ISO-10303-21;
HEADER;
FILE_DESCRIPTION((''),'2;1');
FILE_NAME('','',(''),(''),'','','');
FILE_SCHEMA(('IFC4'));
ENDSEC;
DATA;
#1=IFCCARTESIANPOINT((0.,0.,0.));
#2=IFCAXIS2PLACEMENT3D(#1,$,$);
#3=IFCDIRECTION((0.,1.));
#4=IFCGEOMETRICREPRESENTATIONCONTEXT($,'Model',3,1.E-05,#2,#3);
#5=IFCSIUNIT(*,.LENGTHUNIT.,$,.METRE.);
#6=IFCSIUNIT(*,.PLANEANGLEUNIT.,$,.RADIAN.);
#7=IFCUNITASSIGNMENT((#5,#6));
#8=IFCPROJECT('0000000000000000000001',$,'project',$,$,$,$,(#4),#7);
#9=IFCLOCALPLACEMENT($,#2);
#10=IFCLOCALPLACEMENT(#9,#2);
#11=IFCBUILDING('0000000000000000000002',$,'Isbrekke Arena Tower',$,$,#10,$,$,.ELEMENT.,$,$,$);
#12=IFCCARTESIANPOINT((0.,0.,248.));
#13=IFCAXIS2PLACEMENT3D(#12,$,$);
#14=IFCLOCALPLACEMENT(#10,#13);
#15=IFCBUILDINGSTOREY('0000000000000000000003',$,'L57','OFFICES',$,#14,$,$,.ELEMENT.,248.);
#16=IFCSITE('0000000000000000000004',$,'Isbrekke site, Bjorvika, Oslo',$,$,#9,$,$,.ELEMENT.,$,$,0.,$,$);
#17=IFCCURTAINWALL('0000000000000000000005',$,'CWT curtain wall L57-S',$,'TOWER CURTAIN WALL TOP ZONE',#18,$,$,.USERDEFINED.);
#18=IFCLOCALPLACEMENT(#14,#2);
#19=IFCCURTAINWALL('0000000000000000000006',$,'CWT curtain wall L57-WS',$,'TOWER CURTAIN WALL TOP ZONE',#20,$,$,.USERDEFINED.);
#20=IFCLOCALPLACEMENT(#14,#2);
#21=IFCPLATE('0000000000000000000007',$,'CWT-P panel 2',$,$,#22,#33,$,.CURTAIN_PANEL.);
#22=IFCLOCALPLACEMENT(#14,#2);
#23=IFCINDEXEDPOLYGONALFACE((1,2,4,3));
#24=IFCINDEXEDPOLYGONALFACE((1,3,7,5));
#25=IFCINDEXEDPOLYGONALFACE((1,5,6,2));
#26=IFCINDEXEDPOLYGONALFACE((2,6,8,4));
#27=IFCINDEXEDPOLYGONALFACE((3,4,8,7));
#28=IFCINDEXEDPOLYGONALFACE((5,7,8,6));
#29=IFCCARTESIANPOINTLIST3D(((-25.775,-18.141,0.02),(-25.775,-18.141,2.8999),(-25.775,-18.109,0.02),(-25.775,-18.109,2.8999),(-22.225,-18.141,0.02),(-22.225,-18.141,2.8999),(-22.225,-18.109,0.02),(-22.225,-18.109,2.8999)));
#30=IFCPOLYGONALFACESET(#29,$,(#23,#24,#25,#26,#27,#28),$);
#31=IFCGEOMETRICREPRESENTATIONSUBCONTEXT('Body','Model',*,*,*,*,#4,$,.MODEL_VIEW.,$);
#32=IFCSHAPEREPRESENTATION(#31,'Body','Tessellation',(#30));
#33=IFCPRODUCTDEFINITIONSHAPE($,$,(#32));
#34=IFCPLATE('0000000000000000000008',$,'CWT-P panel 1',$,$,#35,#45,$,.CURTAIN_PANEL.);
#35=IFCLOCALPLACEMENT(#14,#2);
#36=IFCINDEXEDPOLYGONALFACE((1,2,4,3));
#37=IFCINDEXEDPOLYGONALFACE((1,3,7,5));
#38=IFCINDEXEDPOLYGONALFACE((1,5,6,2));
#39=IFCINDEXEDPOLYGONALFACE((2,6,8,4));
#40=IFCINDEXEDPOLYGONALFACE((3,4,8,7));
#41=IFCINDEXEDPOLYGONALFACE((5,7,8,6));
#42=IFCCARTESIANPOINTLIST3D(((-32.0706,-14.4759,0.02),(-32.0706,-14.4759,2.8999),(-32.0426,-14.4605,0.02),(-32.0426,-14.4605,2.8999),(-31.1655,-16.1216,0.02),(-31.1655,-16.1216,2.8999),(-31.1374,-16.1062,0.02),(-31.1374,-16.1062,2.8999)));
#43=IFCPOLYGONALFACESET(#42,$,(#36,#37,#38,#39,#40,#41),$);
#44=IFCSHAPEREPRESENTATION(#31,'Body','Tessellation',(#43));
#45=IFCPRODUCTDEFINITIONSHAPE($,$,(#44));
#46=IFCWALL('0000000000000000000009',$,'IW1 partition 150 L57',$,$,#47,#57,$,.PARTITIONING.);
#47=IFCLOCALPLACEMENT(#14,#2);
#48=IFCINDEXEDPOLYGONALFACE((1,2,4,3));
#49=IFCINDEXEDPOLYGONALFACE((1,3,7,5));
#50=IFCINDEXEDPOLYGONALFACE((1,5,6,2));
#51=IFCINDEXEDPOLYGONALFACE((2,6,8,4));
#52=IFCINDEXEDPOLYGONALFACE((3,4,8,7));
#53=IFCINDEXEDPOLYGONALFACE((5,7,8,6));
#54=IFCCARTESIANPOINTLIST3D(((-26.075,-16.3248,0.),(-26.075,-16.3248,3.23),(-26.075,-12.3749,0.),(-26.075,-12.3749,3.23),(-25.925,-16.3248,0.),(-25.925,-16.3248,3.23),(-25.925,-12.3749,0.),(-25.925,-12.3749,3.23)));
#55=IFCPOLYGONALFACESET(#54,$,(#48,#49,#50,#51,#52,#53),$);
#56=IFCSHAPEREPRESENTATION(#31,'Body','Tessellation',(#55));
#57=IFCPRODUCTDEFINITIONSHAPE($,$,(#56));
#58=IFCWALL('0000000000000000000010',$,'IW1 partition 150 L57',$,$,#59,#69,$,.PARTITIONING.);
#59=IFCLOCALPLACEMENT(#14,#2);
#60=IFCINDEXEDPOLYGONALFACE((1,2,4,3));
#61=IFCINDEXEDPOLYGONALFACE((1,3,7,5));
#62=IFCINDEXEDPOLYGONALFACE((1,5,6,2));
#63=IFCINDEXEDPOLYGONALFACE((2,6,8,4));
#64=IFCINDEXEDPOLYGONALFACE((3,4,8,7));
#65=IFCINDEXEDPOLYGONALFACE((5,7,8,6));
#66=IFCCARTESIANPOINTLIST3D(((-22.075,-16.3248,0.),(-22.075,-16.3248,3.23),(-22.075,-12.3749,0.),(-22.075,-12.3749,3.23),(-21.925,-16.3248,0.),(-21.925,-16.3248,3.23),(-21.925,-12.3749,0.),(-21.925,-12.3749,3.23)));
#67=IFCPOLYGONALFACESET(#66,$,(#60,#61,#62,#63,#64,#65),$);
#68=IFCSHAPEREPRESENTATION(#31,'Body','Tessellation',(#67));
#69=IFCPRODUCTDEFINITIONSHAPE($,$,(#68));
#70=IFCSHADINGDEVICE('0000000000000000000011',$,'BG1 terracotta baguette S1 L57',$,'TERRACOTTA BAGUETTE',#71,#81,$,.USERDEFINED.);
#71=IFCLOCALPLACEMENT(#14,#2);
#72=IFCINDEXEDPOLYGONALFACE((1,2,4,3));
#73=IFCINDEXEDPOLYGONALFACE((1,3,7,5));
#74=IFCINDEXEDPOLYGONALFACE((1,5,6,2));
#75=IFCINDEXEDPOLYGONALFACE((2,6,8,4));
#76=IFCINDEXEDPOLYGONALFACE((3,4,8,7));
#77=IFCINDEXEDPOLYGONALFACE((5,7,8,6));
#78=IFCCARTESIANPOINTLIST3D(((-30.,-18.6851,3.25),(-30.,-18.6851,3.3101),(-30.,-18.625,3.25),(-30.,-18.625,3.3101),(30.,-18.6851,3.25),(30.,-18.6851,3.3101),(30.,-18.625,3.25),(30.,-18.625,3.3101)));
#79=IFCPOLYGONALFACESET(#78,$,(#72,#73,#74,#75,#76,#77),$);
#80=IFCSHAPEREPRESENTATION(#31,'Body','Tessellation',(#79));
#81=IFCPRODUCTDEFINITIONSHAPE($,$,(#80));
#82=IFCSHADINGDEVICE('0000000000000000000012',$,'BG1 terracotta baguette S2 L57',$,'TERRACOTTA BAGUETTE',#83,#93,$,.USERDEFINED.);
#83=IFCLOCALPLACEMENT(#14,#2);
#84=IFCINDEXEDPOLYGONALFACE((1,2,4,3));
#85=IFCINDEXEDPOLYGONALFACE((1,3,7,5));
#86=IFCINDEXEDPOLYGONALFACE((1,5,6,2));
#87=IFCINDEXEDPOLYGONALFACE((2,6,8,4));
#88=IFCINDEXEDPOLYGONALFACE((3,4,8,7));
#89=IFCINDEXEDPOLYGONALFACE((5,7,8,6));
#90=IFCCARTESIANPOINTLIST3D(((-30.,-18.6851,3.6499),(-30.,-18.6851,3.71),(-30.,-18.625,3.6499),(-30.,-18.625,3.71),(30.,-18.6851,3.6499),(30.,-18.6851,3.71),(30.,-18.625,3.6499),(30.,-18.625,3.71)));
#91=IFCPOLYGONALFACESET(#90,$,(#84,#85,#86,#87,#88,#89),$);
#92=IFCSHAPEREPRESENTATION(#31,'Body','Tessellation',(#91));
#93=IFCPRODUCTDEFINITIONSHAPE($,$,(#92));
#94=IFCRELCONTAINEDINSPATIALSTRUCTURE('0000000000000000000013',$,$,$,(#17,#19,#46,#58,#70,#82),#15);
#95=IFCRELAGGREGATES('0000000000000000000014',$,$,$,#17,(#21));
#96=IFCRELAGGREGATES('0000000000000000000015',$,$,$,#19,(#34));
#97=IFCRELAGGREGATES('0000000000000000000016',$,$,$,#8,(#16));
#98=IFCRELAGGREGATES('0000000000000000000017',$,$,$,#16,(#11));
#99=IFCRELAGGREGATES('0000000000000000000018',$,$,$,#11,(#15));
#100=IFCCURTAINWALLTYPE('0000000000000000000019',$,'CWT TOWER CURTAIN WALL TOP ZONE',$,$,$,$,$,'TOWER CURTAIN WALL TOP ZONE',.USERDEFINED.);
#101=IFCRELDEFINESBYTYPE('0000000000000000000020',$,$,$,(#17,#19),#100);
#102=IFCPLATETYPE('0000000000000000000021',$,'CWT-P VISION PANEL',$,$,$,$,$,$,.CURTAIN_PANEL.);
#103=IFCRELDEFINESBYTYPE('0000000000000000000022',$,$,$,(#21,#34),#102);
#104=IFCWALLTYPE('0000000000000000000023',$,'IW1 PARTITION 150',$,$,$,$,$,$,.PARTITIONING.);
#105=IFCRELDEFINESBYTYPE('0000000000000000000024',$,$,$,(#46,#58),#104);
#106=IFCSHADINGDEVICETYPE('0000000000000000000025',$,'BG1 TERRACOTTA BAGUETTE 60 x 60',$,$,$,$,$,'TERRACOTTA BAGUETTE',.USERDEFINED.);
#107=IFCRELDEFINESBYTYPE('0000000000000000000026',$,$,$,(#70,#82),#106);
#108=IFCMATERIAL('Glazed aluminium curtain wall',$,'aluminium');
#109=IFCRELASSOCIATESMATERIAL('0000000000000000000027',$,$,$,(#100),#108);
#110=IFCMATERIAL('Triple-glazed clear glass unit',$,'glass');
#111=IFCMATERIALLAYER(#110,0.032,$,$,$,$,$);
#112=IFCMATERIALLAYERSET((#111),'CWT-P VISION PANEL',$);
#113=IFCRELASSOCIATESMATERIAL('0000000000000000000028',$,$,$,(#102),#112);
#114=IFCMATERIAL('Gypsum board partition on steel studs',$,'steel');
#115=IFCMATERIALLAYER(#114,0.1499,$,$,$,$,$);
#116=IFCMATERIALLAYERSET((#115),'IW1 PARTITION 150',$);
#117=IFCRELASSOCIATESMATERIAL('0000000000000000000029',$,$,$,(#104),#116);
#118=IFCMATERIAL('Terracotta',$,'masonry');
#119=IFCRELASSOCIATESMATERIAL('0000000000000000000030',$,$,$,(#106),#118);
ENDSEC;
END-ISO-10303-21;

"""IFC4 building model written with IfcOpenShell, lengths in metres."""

from ifc_helpers import new_model, si_unit, direction, frame, frame_2d, origin, origin_2d, place, context, subcontext, project, spatial, rectangle, extrude, material, layer, layer_set, material_profile, profile_set, type_object, element, aggregate, save


model = new_model("IFC4")

# Units and contexts
model_context = context("Model", 3, precision=1e-05, world=origin(), true_north=direction((0.0, 1.0)))
body_context = subcontext(model_context, "Body", "Model", "MODEL_VIEW")
ifc_project = project(units=[si_unit("LENGTHUNIT", "METRE"), si_unit("PLANEANGLEUNIT", "RADIAN")], contexts=[model_context])

# Site, building, storey
site_placement = place(None, origin())
site = spatial("IfcSite", under=ifc_project, at=site_placement, Name="Isbrekke site, Bjorvika, Oslo", CompositionType="ELEMENT", RefElevation=0.0)
building_placement = place(site_placement, origin())
building = spatial("IfcBuilding", under=site, at=building_placement, Name="Isbrekke Arena Tower", CompositionType="ELEMENT")
storey_placement = place(building_placement, frame((0.0, 0.0, 248.0)))
storey = spatial("IfcBuildingStorey", under=building, at=storey_placement, Name="L57", Description="OFFICES", CompositionType="ELEMENT", Elevation=248.0)

# Curtain wall
ifc_material_1 = material(Name="Glazed aluminium curtain wall", Category="aluminium")
curtain_wall_type = type_object("IfcCurtainWallType", Name="CWT TOWER CURTAIN WALL TOP ZONE", ElementType="TOWER CURTAIN WALL TOP ZONE", PredefinedType="USERDEFINED", material=ifc_material_1)
curtain_wall_1_placement = place(storey_placement, origin())
curtain_wall_1 = element("IfcCurtainWall", 1, at=curtain_wall_1_placement, inside=storey, type_object=curtain_wall_type, Name="CWT curtain wall L57-S", ObjectType="TOWER CURTAIN WALL TOP ZONE", PredefinedType="USERDEFINED")

# Curtain wall
curtain_wall_2_placement = place(storey_placement, origin())
curtain_wall_2 = element("IfcCurtainWall", 2, at=curtain_wall_2_placement, inside=storey, type_object=curtain_wall_type, Name="CWT curtain wall L57-WS", ObjectType="TOWER CURTAIN WALL TOP ZONE", PredefinedType="USERDEFINED")

# Plates
ifc_material_2 = material(Name="Triple-glazed clear glass unit", Category="glass")
ifc_layer_1 = layer(ifc_material_2, 0.032)
ifc_layer_set_1 = layer_set([ifc_layer_1], Name="CWT-P VISION PANEL")
plate_type = type_object("IfcPlateType", Name="CWT-P VISION PANEL", PredefinedType="CURTAIN_PANEL", material=ifc_layer_set_1)
plate_1_placement = place(storey_placement, frame((-24.0, -18.125, 0.02), z_axis=(0.0, 0.0, 1.0), x_axis=(1.0, 0.0, 0.0)))
plate_1 = element("IfcPlate", 3, at=plate_1_placement, type_object=plate_type, Name="CWT-P panel 2", PredefinedType="CURTAIN_PANEL", context=body_context, shape_type="SweptSolid", body=[
    extrude(rectangle(XDim=3.55, YDim=0.032, at=origin_2d()), origin(), (0.0, 0.0, 1.0), 2.8799),
])
aggregate(curtain_wall_1, [plate_1])
plate_2_placement = place(storey_placement, frame((-31.604, -15.291, 0.02), z_axis=(0.0, 0.0, 1.0), x_axis=(0.481919, -0.876216, 0.0)))
plate_2 = element("IfcPlate", 4, at=plate_2_placement, type_object=plate_type, Name="CWT-P panel 1", PredefinedType="CURTAIN_PANEL", context=body_context, shape_type="SweptSolid", body=[
    extrude(rectangle(XDim=1.8782, YDim=0.032, at=origin_2d()), origin(), (0.0, 0.0, 1.0), 2.8799),
])
aggregate(curtain_wall_2, [plate_2])

# Walls
ifc_material_3 = material(Name="Gypsum board partition on steel studs", Category="steel")
ifc_layer_2 = layer(ifc_material_3, 0.1499)
ifc_layer_set_2 = layer_set([ifc_layer_2], Name="IW1 PARTITION 150")
wall_type = type_object("IfcWallType", Name="IW1 PARTITION 150", PredefinedType="PARTITIONING", material=ifc_layer_set_2)
for number, where, z_axis, x_axis, name in (
    (5, (-26.0, -16.325, 0.0), (0.0, 0.0, 1.0), (0.0, 1.0, 0.0), "IW1 partition 150 L57"),
    (6, (-22.0, -16.325, 0.0), (0.0, 0.0, 1.0), (0.0, 1.0, 0.0), "IW1 partition 150 L57"),
):
    element("IfcWall", number, at=place(storey_placement, frame(where, z_axis=z_axis, x_axis=x_axis)), inside=storey, type_object=wall_type, Name=name, PredefinedType="PARTITIONING", context=body_context, shape_type="SweptSolid", body=[
        extrude(rectangle(XDim=3.95, YDim=0.1499, at=frame_2d((1.9751, 0.0))), origin(), (0.0, 0.0, 1.0), 3.23),
    ])

# Shading devices
ifc_material_4 = material(Name="Terracotta", Category="masonry")
ifc_material_profile_1 = material_profile(ifc_material_4, rectangle(XDim=0.0601, YDim=0.0601, at=origin_2d()), Name="BAGUETTE 60X60")
ifc_profile_set_1 = profile_set([ifc_material_profile_1], Name="Terracotta")
shading_device_type = type_object("IfcShadingDeviceType", Name="BG1 TERRACOTTA BAGUETTE 60 x 60", ElementType="TERRACOTTA BAGUETTE", PredefinedType="USERDEFINED", material=ifc_profile_set_1)
for number, where, z_axis, x_axis, name in (
    (7, (-30.0, -18.655, 3.28), (1.0, 0.0, 0.0), (0.0, 1.0, 0.0), "BG1 terracotta baguette S1 L57"),
    (8, (-30.0, -18.655, 3.6799), (1.0, 0.0, 0.0), (0.0, 1.0, 0.0), "BG1 terracotta baguette S2 L57"),
):
    element("IfcShadingDevice", number, at=place(storey_placement, frame(where, z_axis=z_axis, x_axis=x_axis)), inside=storey, type_object=shading_device_type, Name=name, ObjectType="TERRACOTTA BAGUETTE", PredefinedType="USERDEFINED", context=body_context, shape_type="SweptSolid", body=[
        extrude(rectangle(XDim=0.0601, YDim=0.0601, at=origin_2d()), origin(), (0.0, 0.0, 1.0), 60.0),
    ])

save(model, "model.ifc")
